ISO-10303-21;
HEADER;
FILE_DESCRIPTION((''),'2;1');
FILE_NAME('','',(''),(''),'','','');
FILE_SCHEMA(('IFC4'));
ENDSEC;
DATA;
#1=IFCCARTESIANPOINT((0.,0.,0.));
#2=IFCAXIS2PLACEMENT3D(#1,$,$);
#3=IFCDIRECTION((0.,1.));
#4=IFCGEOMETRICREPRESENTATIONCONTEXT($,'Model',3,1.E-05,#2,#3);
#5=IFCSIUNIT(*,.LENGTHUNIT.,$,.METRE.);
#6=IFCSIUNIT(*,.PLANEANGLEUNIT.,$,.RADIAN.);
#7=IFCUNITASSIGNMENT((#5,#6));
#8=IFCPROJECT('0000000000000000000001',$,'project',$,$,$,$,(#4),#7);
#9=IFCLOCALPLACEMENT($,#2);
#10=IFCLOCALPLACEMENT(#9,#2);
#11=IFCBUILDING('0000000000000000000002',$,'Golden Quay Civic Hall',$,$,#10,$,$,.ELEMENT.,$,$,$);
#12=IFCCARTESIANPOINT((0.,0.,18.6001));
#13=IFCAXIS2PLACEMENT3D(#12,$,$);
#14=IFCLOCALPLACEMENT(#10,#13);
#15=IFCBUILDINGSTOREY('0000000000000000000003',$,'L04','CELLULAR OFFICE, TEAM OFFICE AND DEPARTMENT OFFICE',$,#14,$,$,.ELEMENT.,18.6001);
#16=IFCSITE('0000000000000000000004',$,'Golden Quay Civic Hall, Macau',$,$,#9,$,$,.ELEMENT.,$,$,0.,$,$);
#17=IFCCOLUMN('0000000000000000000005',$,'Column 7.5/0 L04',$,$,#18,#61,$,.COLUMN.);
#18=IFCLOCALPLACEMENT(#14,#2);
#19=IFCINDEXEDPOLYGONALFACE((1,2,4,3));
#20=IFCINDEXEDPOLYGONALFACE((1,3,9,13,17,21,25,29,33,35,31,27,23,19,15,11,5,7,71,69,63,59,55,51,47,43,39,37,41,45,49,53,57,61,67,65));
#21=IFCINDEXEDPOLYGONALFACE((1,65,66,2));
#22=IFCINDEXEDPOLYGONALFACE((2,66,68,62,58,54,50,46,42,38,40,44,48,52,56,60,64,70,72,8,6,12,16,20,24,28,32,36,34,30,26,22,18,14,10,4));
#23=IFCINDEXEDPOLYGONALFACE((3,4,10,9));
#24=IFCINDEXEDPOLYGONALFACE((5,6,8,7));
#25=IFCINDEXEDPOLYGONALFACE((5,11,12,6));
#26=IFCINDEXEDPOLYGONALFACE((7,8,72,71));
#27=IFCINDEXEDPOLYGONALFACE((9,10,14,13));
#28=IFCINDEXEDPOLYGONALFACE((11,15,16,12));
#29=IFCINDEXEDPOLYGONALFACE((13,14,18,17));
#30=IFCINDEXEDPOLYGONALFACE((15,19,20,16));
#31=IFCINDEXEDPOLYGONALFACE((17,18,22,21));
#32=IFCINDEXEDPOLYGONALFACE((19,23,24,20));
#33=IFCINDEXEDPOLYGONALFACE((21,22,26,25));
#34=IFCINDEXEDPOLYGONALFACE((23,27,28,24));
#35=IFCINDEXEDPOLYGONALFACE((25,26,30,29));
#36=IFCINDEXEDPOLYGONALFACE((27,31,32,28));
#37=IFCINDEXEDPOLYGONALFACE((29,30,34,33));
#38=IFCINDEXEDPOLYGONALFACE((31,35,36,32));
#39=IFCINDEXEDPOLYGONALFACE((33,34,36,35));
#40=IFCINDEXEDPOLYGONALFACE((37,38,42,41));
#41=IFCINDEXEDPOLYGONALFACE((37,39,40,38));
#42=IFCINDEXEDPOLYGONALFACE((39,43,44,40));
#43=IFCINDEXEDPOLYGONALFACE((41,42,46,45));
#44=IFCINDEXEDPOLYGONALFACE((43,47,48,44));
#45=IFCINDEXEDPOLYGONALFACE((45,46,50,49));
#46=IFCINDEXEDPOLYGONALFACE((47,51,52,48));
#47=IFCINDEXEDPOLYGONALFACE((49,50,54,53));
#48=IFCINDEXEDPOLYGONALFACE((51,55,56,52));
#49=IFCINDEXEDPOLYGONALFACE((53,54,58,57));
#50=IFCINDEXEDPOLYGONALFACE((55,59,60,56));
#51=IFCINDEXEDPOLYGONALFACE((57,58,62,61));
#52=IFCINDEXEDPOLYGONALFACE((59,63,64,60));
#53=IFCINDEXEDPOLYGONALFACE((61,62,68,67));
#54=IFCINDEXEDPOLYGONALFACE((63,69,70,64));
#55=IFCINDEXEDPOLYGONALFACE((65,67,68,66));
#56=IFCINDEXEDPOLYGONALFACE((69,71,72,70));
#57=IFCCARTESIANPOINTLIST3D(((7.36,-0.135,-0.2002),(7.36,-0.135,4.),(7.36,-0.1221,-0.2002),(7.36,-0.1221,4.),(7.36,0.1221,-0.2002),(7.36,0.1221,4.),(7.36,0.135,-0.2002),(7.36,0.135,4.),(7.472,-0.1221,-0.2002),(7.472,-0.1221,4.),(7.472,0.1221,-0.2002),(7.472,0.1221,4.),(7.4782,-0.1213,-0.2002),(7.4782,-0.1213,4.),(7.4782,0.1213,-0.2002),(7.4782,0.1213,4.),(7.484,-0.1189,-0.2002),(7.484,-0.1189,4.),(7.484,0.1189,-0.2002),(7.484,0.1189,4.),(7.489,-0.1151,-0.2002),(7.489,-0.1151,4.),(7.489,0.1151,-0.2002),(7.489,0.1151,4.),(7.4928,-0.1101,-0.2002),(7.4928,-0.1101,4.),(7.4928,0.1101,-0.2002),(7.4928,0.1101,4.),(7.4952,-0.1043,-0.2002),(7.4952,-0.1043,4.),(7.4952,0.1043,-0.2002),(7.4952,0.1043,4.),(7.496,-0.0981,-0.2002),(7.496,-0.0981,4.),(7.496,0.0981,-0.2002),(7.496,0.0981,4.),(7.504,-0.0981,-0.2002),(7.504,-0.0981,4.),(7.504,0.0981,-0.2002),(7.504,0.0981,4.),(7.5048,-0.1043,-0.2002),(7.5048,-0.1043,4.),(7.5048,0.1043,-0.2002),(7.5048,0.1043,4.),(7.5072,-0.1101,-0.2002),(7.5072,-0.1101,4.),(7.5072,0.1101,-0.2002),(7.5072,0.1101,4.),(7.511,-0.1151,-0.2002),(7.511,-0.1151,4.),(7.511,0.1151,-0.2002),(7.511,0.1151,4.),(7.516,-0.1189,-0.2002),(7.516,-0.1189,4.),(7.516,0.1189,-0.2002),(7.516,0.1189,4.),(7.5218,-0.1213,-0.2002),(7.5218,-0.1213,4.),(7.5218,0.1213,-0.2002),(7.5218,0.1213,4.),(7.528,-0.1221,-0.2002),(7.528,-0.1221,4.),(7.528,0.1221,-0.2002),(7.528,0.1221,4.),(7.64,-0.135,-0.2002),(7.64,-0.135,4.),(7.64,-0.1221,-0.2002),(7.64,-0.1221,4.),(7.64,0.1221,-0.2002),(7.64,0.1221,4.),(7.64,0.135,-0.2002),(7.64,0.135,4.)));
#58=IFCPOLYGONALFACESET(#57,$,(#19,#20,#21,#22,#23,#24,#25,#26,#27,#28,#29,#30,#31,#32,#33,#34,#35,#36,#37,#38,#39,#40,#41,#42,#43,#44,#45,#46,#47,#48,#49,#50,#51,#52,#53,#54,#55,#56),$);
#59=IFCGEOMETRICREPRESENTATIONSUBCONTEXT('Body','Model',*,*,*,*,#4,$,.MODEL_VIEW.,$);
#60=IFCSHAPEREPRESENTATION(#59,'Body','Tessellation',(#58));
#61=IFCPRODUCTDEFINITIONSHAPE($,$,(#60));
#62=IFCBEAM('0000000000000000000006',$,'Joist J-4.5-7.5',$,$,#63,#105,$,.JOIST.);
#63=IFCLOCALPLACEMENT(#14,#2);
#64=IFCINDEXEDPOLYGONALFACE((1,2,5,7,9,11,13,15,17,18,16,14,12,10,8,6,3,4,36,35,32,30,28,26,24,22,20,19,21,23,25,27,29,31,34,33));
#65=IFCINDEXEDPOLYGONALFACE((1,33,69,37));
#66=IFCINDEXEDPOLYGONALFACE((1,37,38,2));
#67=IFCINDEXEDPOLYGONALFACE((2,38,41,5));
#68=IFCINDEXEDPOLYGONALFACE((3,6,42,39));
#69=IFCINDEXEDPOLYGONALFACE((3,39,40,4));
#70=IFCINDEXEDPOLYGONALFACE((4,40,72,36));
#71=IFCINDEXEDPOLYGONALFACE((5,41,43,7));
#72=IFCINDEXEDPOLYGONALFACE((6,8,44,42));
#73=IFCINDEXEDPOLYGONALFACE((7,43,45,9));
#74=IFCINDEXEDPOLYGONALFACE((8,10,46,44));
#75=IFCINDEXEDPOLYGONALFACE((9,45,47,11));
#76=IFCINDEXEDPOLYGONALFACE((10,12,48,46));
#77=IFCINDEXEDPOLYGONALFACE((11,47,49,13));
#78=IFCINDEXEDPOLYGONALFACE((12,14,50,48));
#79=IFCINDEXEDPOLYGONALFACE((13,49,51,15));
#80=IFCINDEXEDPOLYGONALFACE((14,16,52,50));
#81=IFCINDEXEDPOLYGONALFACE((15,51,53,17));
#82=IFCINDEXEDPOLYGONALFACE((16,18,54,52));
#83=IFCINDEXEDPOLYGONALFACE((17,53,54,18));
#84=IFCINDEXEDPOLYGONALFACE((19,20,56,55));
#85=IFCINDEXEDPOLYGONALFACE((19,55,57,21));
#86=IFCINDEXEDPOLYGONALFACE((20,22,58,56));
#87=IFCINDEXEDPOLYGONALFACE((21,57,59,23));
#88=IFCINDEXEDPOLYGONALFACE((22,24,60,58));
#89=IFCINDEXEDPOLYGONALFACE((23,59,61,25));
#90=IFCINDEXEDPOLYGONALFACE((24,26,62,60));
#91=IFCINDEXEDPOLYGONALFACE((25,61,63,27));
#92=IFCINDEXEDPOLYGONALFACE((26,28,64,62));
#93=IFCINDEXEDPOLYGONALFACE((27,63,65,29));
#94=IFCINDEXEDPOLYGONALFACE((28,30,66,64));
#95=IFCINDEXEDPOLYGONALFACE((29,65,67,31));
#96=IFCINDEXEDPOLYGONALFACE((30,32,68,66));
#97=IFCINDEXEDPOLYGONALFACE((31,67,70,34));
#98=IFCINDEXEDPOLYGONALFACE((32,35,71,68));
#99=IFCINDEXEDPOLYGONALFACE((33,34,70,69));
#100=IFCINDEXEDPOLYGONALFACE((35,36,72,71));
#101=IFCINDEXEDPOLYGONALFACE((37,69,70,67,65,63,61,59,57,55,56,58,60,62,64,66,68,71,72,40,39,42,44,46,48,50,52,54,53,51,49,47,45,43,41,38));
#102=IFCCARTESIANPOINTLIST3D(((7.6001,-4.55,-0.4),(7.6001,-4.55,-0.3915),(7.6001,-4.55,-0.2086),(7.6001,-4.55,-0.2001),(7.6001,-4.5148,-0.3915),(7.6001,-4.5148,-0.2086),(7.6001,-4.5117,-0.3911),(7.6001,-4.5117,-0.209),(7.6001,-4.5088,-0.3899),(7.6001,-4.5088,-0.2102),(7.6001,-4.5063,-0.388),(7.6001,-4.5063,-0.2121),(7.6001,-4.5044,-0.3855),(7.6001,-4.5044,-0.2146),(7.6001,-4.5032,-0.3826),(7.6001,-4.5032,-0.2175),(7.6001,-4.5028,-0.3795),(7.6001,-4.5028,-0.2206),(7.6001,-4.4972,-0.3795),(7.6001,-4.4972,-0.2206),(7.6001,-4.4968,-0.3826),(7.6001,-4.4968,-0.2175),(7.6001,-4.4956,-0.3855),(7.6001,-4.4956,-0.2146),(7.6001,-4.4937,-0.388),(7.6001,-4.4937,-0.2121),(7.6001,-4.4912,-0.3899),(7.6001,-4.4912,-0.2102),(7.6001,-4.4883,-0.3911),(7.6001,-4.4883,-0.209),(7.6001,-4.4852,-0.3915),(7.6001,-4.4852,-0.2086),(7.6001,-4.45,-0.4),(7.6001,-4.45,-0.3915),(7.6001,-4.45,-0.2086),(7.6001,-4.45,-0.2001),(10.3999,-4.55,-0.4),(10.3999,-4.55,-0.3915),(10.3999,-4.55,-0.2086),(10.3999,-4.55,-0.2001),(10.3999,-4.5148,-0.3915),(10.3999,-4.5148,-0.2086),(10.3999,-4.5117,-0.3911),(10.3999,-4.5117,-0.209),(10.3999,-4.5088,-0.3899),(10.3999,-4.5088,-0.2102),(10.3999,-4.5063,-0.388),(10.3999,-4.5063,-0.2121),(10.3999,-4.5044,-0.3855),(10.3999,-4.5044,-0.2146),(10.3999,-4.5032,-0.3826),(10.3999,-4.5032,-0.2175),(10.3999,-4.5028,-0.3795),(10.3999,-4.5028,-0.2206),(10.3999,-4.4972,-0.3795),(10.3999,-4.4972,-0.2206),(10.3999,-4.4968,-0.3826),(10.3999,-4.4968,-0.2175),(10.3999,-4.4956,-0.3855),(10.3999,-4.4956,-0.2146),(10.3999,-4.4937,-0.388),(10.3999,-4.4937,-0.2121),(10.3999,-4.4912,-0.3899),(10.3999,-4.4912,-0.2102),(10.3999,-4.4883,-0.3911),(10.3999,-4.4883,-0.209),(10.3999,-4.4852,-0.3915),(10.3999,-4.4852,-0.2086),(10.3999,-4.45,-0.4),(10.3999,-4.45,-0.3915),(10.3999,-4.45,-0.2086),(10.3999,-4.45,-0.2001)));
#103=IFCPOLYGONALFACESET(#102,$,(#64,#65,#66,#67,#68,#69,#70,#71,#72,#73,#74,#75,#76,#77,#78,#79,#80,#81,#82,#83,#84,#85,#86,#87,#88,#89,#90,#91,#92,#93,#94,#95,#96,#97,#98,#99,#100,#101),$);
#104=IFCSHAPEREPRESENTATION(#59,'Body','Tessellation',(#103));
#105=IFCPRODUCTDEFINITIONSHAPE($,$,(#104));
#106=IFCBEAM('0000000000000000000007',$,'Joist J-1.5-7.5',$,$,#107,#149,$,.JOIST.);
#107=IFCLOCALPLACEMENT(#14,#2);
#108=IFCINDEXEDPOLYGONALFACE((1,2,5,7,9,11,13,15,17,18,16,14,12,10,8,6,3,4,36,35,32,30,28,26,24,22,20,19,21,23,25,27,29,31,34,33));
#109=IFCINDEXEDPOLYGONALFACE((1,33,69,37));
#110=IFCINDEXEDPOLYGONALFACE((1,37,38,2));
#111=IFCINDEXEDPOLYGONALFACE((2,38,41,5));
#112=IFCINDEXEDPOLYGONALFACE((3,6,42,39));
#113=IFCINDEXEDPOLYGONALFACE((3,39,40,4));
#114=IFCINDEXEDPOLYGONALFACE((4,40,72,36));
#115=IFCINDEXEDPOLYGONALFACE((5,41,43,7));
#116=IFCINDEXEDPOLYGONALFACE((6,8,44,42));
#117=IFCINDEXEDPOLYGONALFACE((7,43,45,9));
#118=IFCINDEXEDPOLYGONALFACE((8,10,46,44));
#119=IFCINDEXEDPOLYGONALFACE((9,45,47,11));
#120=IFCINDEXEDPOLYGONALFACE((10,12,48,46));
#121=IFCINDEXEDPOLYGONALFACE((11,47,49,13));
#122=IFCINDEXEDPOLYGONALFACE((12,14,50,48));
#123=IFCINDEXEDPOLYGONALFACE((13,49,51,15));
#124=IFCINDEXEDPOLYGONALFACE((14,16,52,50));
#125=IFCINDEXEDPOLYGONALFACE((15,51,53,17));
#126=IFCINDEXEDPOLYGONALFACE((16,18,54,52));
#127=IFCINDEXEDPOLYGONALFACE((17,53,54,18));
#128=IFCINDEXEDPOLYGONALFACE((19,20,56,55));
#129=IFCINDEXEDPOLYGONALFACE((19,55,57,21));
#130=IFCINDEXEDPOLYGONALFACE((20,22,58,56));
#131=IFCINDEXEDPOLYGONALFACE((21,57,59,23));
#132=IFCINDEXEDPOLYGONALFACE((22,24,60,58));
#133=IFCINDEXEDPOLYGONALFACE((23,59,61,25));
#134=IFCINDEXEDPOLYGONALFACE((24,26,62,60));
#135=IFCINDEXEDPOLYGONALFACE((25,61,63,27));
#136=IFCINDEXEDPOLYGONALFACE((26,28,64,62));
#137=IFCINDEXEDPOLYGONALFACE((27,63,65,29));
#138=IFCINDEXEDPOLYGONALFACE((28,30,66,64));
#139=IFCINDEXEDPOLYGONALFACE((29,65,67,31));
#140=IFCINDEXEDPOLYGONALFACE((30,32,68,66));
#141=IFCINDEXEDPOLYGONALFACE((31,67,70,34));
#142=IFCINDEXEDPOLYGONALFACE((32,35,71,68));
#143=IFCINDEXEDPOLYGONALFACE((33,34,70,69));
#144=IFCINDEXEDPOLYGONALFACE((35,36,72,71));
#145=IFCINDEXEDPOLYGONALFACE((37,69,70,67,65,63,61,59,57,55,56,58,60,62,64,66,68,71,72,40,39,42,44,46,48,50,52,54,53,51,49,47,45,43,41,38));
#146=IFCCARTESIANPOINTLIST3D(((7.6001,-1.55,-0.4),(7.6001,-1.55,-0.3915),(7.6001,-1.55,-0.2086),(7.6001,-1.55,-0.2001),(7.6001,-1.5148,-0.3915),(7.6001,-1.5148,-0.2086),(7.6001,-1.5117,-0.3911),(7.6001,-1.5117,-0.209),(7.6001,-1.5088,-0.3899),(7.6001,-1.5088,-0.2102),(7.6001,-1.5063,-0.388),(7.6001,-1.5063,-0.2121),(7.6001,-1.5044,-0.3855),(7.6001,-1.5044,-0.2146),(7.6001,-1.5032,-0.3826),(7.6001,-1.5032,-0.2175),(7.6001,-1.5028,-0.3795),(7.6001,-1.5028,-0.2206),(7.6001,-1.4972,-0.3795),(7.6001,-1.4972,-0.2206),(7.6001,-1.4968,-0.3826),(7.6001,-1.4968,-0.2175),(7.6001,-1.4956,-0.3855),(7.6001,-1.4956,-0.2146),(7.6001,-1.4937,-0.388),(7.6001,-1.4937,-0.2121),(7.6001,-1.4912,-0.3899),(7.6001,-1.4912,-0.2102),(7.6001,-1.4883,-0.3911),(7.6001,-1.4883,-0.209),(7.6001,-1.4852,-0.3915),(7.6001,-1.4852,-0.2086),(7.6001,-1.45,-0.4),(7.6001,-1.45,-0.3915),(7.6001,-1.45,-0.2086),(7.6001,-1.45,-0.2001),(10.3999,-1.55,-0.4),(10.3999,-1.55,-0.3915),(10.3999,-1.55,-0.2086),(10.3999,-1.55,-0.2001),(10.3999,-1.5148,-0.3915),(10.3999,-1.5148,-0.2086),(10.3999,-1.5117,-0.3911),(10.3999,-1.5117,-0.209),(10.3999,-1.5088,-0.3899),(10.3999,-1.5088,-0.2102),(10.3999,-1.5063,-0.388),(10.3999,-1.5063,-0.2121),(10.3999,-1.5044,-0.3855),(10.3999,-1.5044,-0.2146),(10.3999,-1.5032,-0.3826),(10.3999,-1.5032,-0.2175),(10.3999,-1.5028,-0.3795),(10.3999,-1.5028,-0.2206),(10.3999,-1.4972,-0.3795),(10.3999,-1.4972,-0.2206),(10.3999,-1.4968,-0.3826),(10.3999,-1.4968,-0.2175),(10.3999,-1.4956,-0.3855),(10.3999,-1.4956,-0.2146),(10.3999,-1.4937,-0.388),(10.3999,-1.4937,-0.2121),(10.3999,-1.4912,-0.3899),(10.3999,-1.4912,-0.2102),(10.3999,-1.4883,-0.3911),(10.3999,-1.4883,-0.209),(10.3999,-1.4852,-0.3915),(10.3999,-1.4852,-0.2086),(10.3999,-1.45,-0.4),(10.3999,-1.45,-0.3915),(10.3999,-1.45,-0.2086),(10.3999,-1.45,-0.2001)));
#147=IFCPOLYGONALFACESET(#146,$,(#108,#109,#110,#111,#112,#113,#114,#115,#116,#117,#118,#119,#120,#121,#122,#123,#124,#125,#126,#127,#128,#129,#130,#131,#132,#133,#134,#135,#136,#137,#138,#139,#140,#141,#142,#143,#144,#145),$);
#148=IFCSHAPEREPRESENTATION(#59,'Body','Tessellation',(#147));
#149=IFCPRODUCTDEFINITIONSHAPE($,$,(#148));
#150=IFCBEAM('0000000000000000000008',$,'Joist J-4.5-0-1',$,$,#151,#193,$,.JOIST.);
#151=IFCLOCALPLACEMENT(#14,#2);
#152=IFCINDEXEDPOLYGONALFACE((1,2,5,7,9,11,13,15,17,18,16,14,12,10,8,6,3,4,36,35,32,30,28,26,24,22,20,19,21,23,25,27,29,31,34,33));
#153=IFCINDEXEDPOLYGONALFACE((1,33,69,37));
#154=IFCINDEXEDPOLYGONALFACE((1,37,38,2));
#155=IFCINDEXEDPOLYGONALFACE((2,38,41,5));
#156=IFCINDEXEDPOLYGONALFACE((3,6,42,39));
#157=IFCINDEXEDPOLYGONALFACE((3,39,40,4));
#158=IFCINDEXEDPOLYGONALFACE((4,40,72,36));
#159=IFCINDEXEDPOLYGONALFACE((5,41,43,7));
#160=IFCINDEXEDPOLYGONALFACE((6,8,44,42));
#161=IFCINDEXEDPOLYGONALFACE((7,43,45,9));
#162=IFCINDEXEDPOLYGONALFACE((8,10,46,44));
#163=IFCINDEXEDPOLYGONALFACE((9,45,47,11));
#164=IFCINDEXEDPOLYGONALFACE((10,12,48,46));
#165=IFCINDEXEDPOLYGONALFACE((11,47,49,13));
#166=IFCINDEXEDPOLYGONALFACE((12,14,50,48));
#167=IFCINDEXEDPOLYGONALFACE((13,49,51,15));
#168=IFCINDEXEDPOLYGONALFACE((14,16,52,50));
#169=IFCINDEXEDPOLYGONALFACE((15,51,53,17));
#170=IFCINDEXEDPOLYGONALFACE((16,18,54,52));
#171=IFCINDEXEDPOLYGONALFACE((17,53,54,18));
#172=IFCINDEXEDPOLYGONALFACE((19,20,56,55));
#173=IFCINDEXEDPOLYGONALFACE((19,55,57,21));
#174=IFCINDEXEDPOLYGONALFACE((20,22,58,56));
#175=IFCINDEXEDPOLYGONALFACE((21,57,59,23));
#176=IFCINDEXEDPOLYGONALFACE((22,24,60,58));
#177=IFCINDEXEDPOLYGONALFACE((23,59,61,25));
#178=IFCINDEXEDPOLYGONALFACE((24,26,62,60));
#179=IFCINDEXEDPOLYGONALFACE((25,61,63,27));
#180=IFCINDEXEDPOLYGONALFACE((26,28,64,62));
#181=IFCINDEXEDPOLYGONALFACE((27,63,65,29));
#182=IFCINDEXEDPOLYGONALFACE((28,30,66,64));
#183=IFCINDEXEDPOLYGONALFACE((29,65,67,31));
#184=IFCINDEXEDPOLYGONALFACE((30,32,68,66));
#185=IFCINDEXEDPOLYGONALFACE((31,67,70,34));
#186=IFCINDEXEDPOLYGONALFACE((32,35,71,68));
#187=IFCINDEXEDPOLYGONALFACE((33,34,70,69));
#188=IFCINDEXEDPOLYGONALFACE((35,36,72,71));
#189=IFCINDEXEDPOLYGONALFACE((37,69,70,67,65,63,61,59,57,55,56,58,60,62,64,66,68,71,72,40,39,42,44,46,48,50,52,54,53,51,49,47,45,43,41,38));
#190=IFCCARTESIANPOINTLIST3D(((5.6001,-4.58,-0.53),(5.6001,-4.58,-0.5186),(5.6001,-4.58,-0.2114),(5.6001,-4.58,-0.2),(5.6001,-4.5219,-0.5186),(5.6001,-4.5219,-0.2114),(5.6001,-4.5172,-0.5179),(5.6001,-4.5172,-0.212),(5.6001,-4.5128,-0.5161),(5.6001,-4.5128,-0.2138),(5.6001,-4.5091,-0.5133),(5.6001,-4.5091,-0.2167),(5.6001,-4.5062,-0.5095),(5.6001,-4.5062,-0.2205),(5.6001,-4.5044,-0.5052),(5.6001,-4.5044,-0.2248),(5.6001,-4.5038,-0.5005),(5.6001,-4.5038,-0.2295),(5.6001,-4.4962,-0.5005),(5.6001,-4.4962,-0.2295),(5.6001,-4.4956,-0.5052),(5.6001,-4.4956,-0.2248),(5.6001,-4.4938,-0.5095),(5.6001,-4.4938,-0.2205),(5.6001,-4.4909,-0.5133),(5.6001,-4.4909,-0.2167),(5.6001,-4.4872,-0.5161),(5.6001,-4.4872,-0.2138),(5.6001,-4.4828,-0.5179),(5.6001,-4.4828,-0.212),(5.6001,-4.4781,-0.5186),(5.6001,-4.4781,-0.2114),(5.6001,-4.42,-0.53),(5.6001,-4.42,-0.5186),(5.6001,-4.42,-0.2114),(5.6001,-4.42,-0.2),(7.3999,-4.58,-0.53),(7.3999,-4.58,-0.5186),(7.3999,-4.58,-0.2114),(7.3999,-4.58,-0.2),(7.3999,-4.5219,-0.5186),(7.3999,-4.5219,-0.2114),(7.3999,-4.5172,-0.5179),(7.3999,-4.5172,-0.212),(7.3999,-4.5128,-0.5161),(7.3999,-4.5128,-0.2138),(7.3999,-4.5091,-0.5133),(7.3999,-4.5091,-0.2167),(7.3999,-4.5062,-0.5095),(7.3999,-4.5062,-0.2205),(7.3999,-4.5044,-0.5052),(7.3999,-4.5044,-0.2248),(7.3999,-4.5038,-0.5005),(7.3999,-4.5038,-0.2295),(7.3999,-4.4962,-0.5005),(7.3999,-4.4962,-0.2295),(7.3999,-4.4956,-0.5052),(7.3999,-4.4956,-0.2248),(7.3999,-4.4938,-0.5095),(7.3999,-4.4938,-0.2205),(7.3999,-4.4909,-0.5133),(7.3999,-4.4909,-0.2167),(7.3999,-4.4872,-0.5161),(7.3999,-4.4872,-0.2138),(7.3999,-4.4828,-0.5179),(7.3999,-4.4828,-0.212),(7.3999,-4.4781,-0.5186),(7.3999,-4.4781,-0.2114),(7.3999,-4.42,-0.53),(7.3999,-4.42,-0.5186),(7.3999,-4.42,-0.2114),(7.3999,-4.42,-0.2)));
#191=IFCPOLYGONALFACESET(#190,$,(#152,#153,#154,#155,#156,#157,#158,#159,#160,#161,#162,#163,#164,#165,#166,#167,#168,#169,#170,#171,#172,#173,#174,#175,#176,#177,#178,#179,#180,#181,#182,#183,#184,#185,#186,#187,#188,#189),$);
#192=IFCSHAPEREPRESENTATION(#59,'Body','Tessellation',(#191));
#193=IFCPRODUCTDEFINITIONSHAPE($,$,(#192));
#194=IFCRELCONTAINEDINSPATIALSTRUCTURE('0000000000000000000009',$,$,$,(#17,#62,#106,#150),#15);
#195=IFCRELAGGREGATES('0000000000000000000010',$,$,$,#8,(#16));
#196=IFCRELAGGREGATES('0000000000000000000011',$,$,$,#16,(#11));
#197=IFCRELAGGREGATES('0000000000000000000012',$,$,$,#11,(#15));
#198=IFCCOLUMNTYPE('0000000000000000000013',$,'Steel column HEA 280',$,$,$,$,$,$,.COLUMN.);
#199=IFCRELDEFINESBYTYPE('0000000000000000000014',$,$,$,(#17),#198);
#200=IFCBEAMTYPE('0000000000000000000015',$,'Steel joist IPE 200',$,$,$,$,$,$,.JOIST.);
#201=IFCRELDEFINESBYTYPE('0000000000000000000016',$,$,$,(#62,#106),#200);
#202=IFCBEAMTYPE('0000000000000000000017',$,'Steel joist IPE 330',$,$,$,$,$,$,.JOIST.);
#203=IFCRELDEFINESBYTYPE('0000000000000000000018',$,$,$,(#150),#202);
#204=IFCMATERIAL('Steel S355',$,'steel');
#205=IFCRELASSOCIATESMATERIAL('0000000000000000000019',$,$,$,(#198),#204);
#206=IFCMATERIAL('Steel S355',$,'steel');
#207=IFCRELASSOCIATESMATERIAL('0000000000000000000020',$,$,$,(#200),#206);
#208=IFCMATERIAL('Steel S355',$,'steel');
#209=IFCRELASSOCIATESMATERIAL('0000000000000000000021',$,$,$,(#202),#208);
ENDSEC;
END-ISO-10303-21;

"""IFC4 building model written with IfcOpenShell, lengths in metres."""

from ifc_helpers import new_model, si_unit, direction, frame, origin, origin_2d, place, context, subcontext, project, spatial, i_section, extrude, material, material_profile, profile_set, type_object, element, save


model = new_model("IFC4")

# Units and contexts
model_context = context("Model", 3, precision=1e-05, world=origin(), true_north=direction((0.0, 1.0)))
body_context = subcontext(model_context, "Body", "Model", "MODEL_VIEW")
ifc_project = project(units=[si_unit("LENGTHUNIT", "METRE"), si_unit("PLANEANGLEUNIT", "RADIAN")], contexts=[model_context])

# Site, building, storey
site_placement = place(None, origin())
site = spatial("IfcSite", under=ifc_project, at=site_placement, Name="Golden Quay Civic Hall, Macau", CompositionType="ELEMENT", RefElevation=0.0)
building_placement = place(site_placement, origin())
building = spatial("IfcBuilding", under=site, at=building_placement, Name="Golden Quay Civic Hall", CompositionType="ELEMENT")
storey_placement = place(building_placement, frame((0.0, 0.0, 18.6001)))
storey = spatial("IfcBuildingStorey", under=building, at=storey_placement, Name="L04", Description="CELLULAR OFFICE, TEAM OFFICE AND DEPARTMENT OFFICE", CompositionType="ELEMENT", Elevation=18.6001)

# Column
ifc_material_1 = material(Name="Steel S355", Category="steel")
ifc_material_profile_1 = material_profile(ifc_material_1, i_section(OverallWidth=0.28, OverallDepth=0.27, WebThickness=0.0081, FlangeThickness=0.0129, FilletRadius=0.0239, at=origin_2d()), Name="HEA 280")
ifc_profile_set_1 = profile_set([ifc_material_profile_1], Name="Steel S355")
column_type = type_object("IfcColumnType", Name="Steel column HEA 280", PredefinedType="COLUMN", material=ifc_profile_set_1)
column_placement = place(storey_placement, frame((7.5, 0.0, -0.2002), z_axis=(0.0, 0.0, 1.0), x_axis=(1.0, 0.0, 0.0)))
element("IfcColumn", 1, at=column_placement, inside=storey, type_object=column_type, Name="Column 7.5/0 L04", PredefinedType="COLUMN", context=body_context, shape_type="SweptSolid", body=[
    extrude(i_section(OverallWidth=0.28, OverallDepth=0.27, WebThickness=0.0081, FlangeThickness=0.0129, FilletRadius=0.0239, at=origin_2d()), origin(), (0.0, 0.0, 1.0), 4.2002),
])

# Beams
ifc_material_2 = material(Name="Steel S355", Category="steel")
ifc_material_profile_2 = material_profile(ifc_material_2, i_section(OverallWidth=0.1001, OverallDepth=0.2, WebThickness=0.0056, FlangeThickness=0.0085, FilletRadius=0.012, at=origin_2d()), Name="IPE 200")
ifc_profile_set_2 = profile_set([ifc_material_profile_2], Name="Steel S355")
beam_type_1 = type_object("IfcBeamType", Name="Steel joist IPE 200", PredefinedType="JOIST", material=ifc_profile_set_2)
for number, where, z_axis, x_axis, name in (
    (2, (7.6001, -4.5, -0.3), (1.0, 0.0, 0.0), (0.0, 1.0, 0.0), "Joist J-4.5-7.5"),
    (3, (7.6001, -1.5, -0.3), (1.0, 0.0, 0.0), (0.0, 1.0, 0.0), "Joist J-1.5-7.5"),
):
    element("IfcBeam", number, at=place(storey_placement, frame(where, z_axis=z_axis, x_axis=x_axis)), inside=storey, type_object=beam_type_1, Name=name, PredefinedType="JOIST", context=body_context, shape_type="SweptSolid", body=[
        extrude(i_section(OverallWidth=0.1001, OverallDepth=0.2, WebThickness=0.0056, FlangeThickness=0.0085, FilletRadius=0.012, at=origin_2d()), origin(), (0.0, 0.0, 1.0), 2.7998),
    ])
ifc_material_3 = material(Name="Steel S355", Category="steel")
ifc_material_profile_3 = material_profile(ifc_material_3, i_section(OverallWidth=0.1599, OverallDepth=0.3301, WebThickness=0.0076, FlangeThickness=0.0115, FilletRadius=0.0181, at=origin_2d()), Name="IPE 330")
ifc_profile_set_3 = profile_set([ifc_material_profile_3], Name="Steel S355")
beam_type_2 = type_object("IfcBeamType", Name="Steel joist IPE 330", PredefinedType="JOIST", material=ifc_profile_set_3)
beam_placement = place(storey_placement, frame((5.6001, -4.5, -0.365), z_axis=(1.0, 0.0, 0.0), x_axis=(0.0, 1.0, 0.0)))
element("IfcBeam", 4, at=beam_placement, inside=storey, type_object=beam_type_2, Name="Joist J-4.5-0-1", PredefinedType="JOIST", context=body_context, shape_type="SweptSolid", body=[
    extrude(i_section(OverallWidth=0.1599, OverallDepth=0.3301, WebThickness=0.0076, FlangeThickness=0.0115, FilletRadius=0.0181, at=origin_2d()), origin(), (0.0, 0.0, 1.0), 1.7998),
])

save(model, "model.ifc")
